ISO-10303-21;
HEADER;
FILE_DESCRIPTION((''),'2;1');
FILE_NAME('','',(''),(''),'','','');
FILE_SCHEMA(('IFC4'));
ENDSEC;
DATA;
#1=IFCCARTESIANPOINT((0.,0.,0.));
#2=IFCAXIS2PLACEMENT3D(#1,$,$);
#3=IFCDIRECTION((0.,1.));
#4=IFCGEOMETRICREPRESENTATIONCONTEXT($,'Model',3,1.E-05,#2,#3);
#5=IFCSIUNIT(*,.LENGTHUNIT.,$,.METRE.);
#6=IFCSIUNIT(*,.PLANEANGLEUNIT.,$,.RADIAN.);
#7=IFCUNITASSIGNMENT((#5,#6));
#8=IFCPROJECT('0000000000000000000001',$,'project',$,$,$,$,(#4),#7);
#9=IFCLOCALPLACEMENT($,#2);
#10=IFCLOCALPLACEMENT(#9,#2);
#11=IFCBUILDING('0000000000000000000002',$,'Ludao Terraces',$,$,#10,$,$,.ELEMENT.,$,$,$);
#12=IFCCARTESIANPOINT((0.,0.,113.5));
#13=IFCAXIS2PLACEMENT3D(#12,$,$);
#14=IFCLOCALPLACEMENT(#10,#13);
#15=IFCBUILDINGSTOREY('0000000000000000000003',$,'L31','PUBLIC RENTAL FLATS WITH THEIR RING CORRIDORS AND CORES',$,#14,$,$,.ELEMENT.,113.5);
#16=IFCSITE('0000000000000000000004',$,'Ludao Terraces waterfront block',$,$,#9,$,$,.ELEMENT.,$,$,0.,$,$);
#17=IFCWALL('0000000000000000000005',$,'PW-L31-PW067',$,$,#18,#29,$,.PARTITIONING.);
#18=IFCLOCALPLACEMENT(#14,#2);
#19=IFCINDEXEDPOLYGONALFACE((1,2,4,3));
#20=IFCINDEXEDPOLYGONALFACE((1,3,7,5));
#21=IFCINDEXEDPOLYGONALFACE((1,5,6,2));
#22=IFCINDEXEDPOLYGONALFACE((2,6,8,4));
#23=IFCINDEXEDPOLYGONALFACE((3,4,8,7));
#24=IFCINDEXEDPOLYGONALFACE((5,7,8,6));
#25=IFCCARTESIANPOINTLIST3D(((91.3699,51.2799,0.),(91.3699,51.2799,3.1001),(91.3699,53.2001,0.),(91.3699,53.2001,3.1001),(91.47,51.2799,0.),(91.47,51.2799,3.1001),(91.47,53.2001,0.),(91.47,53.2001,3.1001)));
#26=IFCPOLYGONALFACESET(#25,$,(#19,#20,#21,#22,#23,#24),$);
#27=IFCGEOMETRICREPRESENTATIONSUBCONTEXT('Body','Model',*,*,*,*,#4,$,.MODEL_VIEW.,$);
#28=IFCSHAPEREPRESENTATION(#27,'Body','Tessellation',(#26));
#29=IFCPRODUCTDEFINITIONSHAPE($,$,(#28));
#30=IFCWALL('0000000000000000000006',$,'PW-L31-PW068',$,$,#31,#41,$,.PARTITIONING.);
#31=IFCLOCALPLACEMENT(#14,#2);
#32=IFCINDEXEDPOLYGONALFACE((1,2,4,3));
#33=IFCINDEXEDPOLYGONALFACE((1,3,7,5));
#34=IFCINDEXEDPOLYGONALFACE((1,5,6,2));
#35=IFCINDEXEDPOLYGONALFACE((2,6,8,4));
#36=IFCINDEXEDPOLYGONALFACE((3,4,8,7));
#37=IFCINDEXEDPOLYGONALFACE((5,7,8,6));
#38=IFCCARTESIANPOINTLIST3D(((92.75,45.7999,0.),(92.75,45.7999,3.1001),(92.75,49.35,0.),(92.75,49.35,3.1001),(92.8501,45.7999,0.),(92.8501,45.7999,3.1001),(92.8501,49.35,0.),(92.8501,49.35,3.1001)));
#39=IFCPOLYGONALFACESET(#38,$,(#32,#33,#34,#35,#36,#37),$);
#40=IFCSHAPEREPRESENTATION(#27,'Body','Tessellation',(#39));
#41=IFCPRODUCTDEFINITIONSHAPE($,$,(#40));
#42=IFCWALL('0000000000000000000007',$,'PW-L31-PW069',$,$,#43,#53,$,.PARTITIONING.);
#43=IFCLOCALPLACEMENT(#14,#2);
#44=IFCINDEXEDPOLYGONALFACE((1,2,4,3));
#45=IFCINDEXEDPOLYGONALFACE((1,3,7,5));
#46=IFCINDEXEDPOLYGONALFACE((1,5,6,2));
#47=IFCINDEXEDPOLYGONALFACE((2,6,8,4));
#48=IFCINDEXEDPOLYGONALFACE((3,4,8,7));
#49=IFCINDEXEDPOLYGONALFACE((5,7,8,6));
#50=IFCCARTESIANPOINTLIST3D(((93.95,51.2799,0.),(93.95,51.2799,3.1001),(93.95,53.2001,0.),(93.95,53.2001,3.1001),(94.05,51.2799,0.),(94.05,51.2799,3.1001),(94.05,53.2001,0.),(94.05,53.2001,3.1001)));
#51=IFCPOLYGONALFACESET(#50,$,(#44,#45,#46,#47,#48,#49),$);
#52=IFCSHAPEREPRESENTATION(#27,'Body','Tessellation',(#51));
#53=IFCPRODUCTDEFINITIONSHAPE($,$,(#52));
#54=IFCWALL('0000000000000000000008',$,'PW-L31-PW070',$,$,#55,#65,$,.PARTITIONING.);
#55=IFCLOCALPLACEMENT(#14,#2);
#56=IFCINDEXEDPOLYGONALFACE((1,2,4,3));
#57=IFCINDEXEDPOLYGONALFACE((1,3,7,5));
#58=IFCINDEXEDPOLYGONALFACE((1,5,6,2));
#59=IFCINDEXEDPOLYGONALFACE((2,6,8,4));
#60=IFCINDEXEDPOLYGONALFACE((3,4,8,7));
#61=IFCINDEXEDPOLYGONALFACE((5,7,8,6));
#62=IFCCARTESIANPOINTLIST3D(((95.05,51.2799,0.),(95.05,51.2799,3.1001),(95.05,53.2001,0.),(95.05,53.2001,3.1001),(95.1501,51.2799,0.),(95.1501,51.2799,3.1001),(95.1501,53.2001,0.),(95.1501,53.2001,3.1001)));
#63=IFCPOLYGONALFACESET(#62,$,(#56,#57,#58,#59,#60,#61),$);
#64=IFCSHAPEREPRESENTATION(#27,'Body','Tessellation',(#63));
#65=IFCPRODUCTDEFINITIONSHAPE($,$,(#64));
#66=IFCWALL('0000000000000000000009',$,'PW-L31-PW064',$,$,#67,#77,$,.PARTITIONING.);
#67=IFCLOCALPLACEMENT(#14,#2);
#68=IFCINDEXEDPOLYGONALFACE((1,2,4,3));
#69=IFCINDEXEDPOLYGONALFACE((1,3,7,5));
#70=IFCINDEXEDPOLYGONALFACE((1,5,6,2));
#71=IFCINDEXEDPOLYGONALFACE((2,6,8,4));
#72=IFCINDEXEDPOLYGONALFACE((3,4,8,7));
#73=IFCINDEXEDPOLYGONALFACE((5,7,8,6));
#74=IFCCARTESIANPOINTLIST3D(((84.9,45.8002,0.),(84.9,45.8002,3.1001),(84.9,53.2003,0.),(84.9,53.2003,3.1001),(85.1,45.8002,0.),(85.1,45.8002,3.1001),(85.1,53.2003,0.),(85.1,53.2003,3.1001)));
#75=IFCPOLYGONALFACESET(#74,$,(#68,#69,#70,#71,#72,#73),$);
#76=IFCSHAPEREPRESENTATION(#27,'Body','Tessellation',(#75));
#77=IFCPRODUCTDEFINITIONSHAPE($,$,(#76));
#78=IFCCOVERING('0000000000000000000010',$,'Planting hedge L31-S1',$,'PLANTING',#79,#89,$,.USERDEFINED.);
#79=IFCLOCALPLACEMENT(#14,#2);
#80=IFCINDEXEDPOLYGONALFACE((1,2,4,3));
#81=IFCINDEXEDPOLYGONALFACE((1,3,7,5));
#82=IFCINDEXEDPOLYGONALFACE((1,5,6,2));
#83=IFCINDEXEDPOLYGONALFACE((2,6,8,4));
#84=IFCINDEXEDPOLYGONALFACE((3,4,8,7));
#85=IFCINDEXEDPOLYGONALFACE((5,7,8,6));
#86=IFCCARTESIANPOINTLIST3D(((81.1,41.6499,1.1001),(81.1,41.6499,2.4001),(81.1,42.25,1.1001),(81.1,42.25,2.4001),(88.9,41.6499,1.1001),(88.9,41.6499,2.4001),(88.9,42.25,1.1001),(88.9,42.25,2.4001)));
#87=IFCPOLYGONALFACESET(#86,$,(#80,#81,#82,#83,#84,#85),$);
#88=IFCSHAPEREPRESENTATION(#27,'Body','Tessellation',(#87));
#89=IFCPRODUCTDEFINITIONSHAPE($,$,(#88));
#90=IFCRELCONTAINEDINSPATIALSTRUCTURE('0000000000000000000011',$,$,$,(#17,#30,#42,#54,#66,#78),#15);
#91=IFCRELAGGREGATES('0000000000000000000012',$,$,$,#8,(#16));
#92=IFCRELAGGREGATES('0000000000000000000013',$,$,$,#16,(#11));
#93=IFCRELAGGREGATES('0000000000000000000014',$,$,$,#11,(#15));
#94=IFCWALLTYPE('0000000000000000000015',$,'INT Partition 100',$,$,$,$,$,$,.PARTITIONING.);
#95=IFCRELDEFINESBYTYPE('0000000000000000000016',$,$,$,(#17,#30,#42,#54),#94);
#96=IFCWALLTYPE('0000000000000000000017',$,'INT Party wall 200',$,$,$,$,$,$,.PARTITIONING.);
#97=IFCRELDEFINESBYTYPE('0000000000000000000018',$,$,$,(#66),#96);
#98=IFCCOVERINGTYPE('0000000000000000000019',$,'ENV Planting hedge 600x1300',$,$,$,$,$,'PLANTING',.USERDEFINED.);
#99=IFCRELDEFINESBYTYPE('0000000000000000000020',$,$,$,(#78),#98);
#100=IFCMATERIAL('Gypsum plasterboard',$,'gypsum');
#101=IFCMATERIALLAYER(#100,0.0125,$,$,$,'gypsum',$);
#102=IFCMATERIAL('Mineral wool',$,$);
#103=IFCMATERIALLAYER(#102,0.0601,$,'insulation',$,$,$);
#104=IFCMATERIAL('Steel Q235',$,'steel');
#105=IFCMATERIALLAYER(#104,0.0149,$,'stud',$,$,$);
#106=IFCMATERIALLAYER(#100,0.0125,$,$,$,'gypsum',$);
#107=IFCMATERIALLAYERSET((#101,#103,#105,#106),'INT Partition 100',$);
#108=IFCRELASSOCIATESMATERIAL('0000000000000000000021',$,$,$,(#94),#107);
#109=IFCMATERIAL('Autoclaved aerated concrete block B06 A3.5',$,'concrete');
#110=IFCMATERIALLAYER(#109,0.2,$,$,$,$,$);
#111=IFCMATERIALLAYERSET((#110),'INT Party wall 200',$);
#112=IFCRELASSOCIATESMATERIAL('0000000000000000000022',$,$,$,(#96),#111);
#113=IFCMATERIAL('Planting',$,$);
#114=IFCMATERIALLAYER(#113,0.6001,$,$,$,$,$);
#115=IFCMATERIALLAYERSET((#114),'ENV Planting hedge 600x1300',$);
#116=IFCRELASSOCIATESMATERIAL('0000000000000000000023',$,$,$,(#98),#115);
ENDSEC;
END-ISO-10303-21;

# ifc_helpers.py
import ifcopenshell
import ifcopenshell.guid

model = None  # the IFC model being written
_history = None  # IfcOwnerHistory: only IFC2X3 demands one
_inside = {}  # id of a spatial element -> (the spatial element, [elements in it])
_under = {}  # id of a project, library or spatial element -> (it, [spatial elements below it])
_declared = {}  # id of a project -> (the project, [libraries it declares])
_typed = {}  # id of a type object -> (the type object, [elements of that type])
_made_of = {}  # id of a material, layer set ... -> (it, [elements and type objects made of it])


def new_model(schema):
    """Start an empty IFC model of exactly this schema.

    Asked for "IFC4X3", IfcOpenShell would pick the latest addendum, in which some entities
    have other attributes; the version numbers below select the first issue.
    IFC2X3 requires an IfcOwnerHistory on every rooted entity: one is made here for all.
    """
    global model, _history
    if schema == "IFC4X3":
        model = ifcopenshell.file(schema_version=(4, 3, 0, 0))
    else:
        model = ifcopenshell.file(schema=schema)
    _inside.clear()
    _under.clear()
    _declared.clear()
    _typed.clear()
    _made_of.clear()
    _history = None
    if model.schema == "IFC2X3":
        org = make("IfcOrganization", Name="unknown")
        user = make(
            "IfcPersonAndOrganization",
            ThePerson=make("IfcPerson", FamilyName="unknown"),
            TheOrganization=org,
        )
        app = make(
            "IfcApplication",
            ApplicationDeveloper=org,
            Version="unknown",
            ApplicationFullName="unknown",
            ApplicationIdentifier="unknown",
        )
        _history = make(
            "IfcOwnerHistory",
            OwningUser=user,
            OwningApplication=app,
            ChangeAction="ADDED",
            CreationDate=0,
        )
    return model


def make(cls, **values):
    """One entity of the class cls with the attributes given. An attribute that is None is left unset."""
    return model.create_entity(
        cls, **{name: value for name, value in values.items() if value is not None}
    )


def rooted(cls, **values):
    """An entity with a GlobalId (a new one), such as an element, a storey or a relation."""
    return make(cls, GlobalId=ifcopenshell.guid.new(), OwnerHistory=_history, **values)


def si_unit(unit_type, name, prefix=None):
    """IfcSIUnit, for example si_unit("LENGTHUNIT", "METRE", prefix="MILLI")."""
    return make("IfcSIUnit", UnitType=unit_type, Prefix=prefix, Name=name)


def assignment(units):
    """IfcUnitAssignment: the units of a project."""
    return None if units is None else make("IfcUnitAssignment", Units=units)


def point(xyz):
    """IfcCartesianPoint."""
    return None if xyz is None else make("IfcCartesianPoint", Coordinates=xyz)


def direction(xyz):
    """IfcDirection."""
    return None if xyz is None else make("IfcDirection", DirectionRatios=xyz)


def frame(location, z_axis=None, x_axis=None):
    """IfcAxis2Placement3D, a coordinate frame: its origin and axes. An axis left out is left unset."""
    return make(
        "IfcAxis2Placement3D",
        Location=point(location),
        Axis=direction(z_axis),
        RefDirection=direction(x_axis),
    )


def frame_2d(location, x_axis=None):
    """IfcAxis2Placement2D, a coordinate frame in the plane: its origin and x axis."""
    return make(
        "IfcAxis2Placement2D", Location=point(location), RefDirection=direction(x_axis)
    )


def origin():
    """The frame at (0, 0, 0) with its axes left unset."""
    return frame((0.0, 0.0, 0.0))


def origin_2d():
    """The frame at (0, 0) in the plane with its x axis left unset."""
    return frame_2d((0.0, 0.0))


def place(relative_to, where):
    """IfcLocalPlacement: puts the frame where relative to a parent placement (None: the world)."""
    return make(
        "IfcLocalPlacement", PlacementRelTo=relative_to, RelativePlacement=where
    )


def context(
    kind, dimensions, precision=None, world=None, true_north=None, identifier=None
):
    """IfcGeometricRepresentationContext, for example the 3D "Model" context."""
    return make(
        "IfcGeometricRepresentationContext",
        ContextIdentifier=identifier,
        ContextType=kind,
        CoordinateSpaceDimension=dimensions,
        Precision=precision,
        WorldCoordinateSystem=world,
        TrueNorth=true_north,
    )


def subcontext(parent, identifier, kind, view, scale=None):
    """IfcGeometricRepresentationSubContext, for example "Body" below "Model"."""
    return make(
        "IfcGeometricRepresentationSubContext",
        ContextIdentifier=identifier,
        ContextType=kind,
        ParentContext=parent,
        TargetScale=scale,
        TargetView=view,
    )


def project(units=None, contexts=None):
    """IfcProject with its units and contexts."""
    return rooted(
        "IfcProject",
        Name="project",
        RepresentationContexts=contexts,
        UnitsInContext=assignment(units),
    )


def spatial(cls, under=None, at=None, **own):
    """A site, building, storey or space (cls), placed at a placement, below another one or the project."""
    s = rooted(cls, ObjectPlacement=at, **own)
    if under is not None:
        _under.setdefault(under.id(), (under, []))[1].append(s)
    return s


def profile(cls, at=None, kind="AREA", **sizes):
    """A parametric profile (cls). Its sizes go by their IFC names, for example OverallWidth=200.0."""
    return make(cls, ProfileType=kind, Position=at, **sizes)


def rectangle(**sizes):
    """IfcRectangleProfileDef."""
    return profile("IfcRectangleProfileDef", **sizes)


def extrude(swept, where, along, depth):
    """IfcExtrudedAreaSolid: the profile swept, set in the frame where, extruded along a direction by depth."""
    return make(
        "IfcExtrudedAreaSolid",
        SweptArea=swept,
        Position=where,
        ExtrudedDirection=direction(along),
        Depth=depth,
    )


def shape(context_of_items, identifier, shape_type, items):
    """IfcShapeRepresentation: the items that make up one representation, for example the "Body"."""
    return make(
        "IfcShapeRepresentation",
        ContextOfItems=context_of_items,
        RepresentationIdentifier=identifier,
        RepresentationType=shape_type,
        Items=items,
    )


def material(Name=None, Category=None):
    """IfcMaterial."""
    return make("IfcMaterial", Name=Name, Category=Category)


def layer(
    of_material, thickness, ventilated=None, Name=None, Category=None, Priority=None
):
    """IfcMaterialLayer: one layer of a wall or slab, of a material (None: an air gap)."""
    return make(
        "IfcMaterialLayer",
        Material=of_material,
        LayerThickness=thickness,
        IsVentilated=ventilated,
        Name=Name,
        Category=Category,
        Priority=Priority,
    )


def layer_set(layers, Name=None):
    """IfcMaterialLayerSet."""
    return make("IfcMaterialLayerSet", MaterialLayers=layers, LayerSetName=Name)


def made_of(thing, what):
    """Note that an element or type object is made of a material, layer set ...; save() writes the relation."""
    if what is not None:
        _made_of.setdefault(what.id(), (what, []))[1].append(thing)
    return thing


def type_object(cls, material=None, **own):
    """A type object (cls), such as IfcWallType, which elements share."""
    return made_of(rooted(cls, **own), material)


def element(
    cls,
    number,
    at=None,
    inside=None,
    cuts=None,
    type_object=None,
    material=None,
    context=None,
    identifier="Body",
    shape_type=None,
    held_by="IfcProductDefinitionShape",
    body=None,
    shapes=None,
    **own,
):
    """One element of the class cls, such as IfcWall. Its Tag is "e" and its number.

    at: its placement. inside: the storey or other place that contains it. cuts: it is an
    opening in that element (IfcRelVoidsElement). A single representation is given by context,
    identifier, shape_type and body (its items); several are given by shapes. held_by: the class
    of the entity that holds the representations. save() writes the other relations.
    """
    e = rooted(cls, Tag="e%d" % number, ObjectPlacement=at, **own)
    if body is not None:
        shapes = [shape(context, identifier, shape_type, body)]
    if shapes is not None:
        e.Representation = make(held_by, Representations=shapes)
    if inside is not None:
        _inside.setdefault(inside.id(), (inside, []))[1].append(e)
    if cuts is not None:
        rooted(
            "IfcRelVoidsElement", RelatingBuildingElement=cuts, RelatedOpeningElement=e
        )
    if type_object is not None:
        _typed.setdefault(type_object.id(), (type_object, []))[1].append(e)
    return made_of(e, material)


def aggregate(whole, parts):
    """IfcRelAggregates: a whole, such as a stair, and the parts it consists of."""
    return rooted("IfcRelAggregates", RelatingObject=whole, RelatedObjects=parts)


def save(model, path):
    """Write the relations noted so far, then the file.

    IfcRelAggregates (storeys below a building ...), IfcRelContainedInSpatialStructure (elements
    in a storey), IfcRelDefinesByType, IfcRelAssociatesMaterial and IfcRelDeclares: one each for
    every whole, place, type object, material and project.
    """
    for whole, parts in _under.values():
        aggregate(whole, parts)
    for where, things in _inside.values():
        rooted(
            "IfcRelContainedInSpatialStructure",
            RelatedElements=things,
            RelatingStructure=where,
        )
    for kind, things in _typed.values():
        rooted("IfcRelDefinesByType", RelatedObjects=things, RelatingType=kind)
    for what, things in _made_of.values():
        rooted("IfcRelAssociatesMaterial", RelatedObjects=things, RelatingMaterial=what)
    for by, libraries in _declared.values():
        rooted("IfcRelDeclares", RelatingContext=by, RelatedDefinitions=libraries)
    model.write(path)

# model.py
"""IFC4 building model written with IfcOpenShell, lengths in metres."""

from ifc_helpers import new_model, si_unit, direction, frame, frame_2d, origin, origin_2d, place, context, subcontext, project, spatial, rectangle, extrude, material, layer, layer_set, type_object, element, save


model = new_model("IFC4")

# Units and contexts
model_context = context("Model", 3, precision=1e-05, world=origin(), true_north=direction((0.0, 1.0)))
body_context = subcontext(model_context, "Body", "Model", "MODEL_VIEW")
ifc_project = project(units=[si_unit("LENGTHUNIT", "METRE"), si_unit("PLANEANGLEUNIT", "RADIAN")], contexts=[model_context])

# Site, building, storey
site_placement = place(None, origin())
site = spatial("IfcSite", under=ifc_project, at=site_placement, Name="Ludao Terraces waterfront block", CompositionType="ELEMENT", RefElevation=0.0)
building_placement = place(site_placement, origin())
building = spatial("IfcBuilding", under=site, at=building_placement, Name="Ludao Terraces", CompositionType="ELEMENT")
storey_placement = place(building_placement, frame((0.0, 0.0, 113.5)))
storey = spatial("IfcBuildingStorey", under=building, at=storey_placement, Name="L31", Description="PUBLIC RENTAL FLATS WITH THEIR RING CORRIDORS AND CORES", CompositionType="ELEMENT", Elevation=113.5)

# Shared definitions
ifc_material_1 = material(Name="Steel Q235", Category="steel")

# Shared definitions
ifc_material_2 = material(Name="Mineral wool")

# Shared definitions
ifc_material_3 = material(Name="Gypsum plasterboard", Category="gypsum")
ifc_layer_1 = layer(ifc_material_3, 0.0125, Category="gypsum")
ifc_layer_2 = layer(ifc_material_2, 0.0601, Name="insulation")
ifc_layer_3 = layer(ifc_material_1, 0.0149, Name="stud")
ifc_layer_4 = layer(ifc_material_3, 0.0125, Category="gypsum")
ifc_layer_set_1 = layer_set([ifc_layer_1, ifc_layer_2, ifc_layer_3, ifc_layer_4], Name="INT Partition 100")
wall_type_1 = type_object("IfcWallType", Name="INT Partition 100", PredefinedType="PARTITIONING", material=ifc_layer_set_1)

# Walls
wall_1_placement = place(storey_placement, frame((91.4199, 51.28, 0.0), z_axis=(0.0, 0.0, 1.0), x_axis=(0.0, 1.0, 0.0)))
element("IfcWall", 1, at=wall_1_placement, inside=storey, type_object=wall_type_1, Name="PW-L31-PW067", PredefinedType="PARTITIONING", context=body_context, shape_type="SweptSolid", body=[
    extrude(rectangle(XDim=1.9202, YDim=0.1001, at=frame_2d((0.96, 0.0))), origin(), (0.0, 0.0, 1.0), 3.1001),
])
wall_2_placement = place(storey_placement, frame((92.8, 45.8, 0.0), z_axis=(0.0, 0.0, 1.0), x_axis=(0.0, 1.0, 0.0)))
element("IfcWall", 2, at=wall_2_placement, inside=storey, type_object=wall_type_1, Name="PW-L31-PW068", PredefinedType="PARTITIONING", context=body_context, shape_type="SweptSolid", body=[
    extrude(rectangle(XDim=3.55, YDim=0.1001, at=frame_2d((1.7749, 0.0))), origin(), (0.0, 0.0, 1.0), 3.1001),
])
for number, where, z_axis, x_axis, name in (
    (3, (94.0, 51.28, 0.0), (0.0, 0.0, 1.0), (0.0, 1.0, 0.0), "PW-L31-PW069"),
    (4, (95.1001, 51.28, 0.0), (0.0, 0.0, 1.0), (0.0, 1.0, 0.0), "PW-L31-PW070"),
):
    element("IfcWall", number, at=place(storey_placement, frame(where, z_axis=z_axis, x_axis=x_axis)), inside=storey, type_object=wall_type_1, Name=name, PredefinedType="PARTITIONING", context=body_context, shape_type="SweptSolid", body=[
        extrude(rectangle(XDim=1.9202, YDim=0.1001, at=frame_2d((0.96, 0.0))), origin(), (0.0, 0.0, 1.0), 3.1001),
    ])
ifc_material_4 = material(Name="Autoclaved aerated concrete block B06 A3.5", Category="concrete")
ifc_layer_5 = layer(ifc_material_4, 0.2)
ifc_layer_set_2 = layer_set([ifc_layer_5], Name="INT Party wall 200")
wall_type_2 = type_object("IfcWallType", Name="INT Party wall 200", PredefinedType="PARTITIONING", material=ifc_layer_set_2)
wall_3_placement = place(storey_placement, frame((85.0, 45.8, 0.0), z_axis=(0.0, 0.0, 1.0), x_axis=(0.0, 1.0, 0.0)))
element("IfcWall", 5, at=wall_3_placement, inside=storey, type_object=wall_type_2, Name="PW-L31-PW064", PredefinedType="PARTITIONING", context=body_context, shape_type="SweptSolid", body=[
    extrude(rectangle(XDim=7.4001, YDim=0.2, at=frame_2d((3.7002, 0.0))), origin(), (0.0, 0.0, 1.0), 3.1001),
])

# Covering
ifc_material_5 = material(Name="Planting")
ifc_layer_6 = layer(ifc_material_5, 0.6001)
ifc_layer_set_3 = layer_set([ifc_layer_6], Name="ENV Planting hedge 600x1300")
covering_type = type_object("IfcCoveringType", Name="ENV Planting hedge 600x1300", ElementType="PLANTING", PredefinedType="USERDEFINED", material=ifc_layer_set_3)
covering_placement = place(storey_placement, frame((85.0, 41.95, 1.1001), z_axis=(0.0, 0.0, 1.0), x_axis=(1.0, 0.0, 0.0)))
element("IfcCovering", 6, at=covering_placement, inside=storey, type_object=covering_type, Name="Planting hedge L31-S1", ObjectType="PLANTING", PredefinedType="USERDEFINED", context=body_context, shape_type="SweptSolid", body=[
    extrude(rectangle(XDim=7.8, YDim=0.6001, at=origin_2d()), origin(), (0.0, 0.0, 1.0), 1.3),
])

save(model, "model.ifc")
